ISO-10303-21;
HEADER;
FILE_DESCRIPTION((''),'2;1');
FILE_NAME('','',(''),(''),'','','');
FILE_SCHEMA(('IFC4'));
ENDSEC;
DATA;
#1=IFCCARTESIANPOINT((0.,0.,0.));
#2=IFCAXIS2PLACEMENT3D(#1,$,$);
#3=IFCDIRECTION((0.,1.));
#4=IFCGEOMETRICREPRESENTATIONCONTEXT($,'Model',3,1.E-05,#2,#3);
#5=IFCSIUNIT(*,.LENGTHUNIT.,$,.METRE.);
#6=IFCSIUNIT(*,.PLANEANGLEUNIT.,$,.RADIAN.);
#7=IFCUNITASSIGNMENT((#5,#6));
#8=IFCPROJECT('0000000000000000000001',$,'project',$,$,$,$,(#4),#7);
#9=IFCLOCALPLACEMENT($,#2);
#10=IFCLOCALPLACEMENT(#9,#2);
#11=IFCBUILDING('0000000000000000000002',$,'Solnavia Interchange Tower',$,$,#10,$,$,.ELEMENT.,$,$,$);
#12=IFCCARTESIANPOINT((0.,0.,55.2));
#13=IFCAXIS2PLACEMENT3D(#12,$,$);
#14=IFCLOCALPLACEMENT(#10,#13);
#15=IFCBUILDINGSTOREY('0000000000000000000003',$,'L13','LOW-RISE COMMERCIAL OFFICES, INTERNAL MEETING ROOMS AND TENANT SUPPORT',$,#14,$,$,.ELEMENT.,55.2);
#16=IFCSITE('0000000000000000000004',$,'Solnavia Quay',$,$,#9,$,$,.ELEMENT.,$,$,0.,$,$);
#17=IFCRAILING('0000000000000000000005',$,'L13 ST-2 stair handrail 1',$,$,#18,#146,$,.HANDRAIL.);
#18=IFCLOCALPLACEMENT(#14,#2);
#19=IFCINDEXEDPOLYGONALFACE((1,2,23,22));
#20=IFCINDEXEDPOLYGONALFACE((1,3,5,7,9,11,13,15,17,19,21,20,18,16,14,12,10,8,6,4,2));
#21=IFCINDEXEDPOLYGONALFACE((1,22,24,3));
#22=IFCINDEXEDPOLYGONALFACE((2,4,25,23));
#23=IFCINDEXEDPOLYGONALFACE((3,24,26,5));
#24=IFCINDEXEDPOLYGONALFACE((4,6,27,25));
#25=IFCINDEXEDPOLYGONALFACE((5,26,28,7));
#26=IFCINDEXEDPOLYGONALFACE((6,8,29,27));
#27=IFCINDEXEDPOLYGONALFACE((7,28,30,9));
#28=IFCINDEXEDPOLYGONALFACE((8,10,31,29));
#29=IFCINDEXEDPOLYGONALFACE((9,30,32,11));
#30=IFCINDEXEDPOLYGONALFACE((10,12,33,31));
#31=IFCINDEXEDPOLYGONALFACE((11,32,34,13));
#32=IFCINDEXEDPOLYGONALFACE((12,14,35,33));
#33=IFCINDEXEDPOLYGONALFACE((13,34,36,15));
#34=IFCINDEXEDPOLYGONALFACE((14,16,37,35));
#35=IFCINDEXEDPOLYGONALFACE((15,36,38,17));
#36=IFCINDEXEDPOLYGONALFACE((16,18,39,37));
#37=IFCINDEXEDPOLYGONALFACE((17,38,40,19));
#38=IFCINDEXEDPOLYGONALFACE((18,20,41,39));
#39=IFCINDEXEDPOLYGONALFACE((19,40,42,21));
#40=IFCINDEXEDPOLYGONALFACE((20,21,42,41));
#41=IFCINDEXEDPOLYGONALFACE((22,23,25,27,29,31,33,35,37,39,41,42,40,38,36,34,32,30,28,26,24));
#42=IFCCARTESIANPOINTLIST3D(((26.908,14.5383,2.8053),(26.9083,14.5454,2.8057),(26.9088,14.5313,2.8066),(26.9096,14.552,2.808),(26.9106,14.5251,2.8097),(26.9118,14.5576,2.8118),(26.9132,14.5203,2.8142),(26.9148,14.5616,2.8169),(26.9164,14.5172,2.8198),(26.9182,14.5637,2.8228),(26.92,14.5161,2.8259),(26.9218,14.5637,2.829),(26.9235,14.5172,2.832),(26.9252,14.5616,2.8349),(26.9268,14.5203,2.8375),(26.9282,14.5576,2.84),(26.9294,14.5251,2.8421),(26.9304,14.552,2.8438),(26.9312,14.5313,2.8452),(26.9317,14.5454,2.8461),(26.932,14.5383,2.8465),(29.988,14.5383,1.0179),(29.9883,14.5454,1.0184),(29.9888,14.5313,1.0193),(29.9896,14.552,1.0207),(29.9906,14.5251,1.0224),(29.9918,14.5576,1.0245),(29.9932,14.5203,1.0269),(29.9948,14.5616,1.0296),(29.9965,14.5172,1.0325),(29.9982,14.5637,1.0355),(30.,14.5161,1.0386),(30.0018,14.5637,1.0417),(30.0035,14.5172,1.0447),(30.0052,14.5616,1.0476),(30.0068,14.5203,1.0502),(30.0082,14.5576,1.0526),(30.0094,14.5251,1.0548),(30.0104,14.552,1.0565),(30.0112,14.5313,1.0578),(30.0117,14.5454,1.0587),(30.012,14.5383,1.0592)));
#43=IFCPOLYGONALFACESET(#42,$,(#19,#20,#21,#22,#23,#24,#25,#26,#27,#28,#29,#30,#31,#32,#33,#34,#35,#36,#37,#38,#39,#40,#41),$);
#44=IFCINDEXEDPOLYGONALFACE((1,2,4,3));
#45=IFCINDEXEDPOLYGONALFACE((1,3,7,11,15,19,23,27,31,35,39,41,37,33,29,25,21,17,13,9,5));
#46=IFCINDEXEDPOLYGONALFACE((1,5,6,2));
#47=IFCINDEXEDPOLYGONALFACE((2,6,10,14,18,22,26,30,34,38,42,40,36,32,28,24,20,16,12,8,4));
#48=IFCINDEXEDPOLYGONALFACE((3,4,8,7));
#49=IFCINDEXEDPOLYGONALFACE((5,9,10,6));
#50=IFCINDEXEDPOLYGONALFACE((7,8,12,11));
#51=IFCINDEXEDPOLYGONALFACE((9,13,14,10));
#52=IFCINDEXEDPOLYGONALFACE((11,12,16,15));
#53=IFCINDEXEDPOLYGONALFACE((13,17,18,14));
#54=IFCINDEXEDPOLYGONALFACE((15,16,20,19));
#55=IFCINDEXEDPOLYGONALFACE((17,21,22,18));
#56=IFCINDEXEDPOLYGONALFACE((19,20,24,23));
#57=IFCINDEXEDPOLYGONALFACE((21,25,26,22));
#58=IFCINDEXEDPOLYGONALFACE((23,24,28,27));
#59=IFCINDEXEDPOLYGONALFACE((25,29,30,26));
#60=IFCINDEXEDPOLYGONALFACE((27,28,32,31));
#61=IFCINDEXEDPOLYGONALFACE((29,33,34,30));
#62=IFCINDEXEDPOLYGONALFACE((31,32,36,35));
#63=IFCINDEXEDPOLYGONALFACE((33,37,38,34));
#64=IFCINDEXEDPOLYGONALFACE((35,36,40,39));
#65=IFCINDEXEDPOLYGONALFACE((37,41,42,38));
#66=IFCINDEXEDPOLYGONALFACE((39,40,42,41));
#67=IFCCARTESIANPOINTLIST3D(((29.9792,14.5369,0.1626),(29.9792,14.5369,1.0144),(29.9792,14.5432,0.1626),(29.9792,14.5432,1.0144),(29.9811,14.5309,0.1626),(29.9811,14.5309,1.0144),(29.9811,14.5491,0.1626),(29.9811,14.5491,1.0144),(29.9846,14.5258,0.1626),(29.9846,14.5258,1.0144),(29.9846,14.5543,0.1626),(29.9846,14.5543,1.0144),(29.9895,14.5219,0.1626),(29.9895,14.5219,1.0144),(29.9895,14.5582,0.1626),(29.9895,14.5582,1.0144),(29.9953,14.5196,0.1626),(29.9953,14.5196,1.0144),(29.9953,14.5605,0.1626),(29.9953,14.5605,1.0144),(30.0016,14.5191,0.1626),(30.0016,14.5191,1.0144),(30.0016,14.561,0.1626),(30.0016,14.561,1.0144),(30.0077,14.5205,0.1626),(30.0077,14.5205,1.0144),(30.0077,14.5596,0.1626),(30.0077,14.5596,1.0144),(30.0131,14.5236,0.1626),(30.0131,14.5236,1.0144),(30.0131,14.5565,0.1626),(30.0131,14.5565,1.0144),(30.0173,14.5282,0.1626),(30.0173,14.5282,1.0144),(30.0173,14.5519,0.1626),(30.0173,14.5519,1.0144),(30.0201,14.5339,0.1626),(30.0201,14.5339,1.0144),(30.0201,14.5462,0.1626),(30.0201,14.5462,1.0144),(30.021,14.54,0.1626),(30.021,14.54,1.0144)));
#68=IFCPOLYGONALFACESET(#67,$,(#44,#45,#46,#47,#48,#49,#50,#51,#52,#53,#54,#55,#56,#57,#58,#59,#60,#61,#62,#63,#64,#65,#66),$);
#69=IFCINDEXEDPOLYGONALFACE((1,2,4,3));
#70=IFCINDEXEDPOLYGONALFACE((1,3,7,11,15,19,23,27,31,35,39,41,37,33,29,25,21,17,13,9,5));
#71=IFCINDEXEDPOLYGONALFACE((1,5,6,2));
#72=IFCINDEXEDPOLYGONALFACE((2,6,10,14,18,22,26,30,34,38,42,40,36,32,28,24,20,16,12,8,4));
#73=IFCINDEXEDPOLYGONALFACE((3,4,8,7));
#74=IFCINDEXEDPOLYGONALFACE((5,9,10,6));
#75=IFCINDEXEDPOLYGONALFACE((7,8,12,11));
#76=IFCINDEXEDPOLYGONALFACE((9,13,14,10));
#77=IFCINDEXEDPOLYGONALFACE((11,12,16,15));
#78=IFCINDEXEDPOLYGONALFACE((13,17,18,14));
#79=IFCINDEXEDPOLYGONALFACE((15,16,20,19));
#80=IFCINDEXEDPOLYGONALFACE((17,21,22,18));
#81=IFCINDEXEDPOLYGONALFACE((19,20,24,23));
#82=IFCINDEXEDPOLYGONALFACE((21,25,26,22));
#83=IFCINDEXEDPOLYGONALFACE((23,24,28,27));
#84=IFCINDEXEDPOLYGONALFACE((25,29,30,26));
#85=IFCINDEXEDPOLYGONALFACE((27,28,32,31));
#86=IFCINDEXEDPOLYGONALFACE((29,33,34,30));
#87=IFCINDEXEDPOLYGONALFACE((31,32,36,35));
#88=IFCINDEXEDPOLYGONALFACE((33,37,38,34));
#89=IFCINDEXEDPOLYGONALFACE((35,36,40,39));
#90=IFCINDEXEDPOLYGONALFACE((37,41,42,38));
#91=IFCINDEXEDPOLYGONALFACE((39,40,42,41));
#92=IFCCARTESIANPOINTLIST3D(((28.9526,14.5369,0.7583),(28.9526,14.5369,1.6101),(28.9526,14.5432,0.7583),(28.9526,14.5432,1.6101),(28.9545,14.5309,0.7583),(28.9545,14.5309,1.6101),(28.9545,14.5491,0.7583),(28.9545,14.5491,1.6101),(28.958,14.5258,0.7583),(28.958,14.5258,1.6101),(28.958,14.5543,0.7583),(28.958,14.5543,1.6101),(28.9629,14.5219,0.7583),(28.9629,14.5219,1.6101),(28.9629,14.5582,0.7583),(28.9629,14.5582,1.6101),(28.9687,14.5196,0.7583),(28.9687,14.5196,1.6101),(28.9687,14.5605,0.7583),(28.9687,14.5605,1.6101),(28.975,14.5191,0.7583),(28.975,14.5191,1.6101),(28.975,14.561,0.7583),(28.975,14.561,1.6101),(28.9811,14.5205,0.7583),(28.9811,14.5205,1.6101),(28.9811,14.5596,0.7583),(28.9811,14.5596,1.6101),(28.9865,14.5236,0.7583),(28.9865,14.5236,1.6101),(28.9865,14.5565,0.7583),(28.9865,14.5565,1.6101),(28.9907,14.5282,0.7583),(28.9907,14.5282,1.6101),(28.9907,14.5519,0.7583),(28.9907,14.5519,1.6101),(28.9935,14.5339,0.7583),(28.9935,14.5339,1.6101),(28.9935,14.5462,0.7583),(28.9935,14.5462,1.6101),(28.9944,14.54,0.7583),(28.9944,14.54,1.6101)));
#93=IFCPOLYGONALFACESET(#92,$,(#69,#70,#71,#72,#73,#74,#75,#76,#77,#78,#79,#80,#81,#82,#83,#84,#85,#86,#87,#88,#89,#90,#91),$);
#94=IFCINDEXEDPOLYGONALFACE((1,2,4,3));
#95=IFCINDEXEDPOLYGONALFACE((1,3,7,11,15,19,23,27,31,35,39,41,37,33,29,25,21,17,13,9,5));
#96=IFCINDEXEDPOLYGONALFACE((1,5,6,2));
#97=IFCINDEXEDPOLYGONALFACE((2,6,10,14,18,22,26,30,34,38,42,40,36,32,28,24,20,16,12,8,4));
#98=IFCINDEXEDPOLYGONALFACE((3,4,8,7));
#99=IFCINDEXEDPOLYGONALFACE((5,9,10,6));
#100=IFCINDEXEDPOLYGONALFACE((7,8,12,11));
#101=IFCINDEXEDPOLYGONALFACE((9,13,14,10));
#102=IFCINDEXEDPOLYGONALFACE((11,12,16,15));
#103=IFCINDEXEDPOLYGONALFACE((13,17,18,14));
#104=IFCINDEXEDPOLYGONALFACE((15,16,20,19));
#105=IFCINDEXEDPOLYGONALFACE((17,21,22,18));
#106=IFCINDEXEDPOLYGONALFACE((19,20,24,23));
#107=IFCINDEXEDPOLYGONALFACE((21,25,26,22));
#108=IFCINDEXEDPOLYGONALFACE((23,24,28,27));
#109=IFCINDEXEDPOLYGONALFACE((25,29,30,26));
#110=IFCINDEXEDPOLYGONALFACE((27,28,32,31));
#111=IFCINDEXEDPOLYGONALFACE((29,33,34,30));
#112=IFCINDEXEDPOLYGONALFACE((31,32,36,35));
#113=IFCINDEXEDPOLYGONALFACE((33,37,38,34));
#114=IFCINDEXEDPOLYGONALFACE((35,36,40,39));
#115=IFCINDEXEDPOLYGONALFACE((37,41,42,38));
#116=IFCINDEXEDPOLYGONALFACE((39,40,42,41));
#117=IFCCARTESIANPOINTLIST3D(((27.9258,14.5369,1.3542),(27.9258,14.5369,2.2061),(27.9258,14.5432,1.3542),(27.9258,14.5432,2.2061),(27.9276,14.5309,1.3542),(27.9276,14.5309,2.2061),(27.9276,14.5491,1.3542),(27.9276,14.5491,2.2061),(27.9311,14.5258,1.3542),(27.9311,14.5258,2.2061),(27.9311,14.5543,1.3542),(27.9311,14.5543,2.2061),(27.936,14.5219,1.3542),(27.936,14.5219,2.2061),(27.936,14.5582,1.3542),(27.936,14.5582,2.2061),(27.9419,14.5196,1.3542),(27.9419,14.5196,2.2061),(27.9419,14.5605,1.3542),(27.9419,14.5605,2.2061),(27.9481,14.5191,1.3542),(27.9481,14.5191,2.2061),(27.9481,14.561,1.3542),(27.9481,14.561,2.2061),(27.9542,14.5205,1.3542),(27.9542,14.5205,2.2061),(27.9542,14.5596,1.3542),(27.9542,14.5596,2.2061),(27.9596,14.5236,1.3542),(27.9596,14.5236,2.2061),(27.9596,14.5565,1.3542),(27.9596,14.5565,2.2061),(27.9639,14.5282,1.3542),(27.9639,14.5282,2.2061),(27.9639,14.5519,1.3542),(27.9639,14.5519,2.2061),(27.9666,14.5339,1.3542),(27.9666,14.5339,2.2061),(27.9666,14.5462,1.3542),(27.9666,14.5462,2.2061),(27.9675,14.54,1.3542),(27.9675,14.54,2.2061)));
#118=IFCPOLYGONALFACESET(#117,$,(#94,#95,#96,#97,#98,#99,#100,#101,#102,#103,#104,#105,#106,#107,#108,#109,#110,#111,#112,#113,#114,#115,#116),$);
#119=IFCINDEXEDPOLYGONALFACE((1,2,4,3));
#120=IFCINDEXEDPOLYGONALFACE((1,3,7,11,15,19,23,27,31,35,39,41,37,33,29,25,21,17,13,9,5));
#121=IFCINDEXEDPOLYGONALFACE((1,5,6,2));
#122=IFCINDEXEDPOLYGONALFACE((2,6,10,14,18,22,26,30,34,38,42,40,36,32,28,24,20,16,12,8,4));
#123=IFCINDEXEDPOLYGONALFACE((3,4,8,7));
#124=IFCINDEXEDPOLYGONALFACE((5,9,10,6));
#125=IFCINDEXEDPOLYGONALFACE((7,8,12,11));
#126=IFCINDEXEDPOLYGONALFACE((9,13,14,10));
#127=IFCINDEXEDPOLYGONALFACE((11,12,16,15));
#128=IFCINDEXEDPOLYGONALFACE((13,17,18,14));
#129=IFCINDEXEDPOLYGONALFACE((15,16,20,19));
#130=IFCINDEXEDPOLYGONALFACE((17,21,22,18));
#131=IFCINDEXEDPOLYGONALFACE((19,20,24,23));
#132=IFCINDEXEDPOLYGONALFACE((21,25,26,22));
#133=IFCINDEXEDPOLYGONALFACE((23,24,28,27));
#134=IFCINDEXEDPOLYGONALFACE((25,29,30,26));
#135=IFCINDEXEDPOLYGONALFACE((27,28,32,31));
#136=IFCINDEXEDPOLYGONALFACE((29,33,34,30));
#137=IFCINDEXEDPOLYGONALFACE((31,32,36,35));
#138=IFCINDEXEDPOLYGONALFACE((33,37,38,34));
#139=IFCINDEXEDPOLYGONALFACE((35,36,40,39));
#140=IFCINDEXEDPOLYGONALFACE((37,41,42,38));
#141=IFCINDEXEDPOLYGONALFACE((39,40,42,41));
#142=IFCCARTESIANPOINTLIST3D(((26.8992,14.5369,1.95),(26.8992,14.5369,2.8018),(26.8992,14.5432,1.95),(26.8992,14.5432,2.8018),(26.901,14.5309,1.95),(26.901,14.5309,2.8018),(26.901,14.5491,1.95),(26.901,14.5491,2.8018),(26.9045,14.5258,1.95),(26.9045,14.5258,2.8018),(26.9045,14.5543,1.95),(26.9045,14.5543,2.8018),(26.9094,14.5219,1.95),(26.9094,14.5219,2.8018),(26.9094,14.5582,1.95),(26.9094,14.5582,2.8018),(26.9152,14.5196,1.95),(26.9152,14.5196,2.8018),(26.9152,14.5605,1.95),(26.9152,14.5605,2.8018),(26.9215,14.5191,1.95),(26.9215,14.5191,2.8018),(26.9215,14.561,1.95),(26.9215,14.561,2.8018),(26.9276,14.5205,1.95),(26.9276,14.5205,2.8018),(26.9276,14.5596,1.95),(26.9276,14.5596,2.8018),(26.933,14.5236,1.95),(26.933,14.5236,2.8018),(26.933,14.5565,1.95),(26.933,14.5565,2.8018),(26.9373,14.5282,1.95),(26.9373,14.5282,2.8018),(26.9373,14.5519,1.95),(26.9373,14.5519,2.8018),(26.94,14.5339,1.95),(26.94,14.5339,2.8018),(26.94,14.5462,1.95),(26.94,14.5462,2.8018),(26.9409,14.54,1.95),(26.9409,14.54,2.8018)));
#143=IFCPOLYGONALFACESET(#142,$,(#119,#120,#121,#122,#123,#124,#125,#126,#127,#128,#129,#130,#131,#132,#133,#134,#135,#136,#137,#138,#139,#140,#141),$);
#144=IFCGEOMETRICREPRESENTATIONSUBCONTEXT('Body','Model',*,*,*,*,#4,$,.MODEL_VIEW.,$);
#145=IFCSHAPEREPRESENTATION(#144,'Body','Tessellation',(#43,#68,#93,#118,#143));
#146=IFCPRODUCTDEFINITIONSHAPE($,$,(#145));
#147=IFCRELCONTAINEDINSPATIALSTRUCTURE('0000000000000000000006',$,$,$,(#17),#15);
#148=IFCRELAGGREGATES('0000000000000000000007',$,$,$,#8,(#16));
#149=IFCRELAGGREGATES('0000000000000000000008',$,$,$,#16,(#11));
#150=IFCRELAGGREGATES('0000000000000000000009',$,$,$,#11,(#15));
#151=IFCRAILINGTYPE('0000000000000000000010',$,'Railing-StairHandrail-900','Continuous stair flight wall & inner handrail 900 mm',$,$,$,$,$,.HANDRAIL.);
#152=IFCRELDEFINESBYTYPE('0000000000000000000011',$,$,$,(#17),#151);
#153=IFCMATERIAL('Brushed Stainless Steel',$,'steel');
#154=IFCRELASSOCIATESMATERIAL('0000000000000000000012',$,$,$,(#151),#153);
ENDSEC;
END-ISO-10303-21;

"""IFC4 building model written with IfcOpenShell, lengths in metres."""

from ifc_helpers import new_model, si_unit, direction, frame, origin, origin_2d, place, context, subcontext, project, spatial, circle, extrude, material, type_object, element, save


model = new_model("IFC4")

# Units and contexts
model_context = context("Model", 3, precision=1e-05, world=origin(), true_north=direction((0.0, 1.0)))
body_context = subcontext(model_context, "Body", "Model", "MODEL_VIEW")
ifc_project = project(units=[si_unit("LENGTHUNIT", "METRE"), si_unit("PLANEANGLEUNIT", "RADIAN")], contexts=[model_context])

# Site, building, storey
site_placement = place(None, origin())
site = spatial("IfcSite", under=ifc_project, at=site_placement, Name="Solnavia Quay", CompositionType="ELEMENT", RefElevation=0.0)
building_placement = place(site_placement, origin())
building = spatial("IfcBuilding", under=site, at=building_placement, Name="Solnavia Interchange Tower", CompositionType="ELEMENT")
storey_placement = place(building_placement, frame((0.0, 0.0, 55.2)))
storey = spatial("IfcBuildingStorey", under=building, at=storey_placement, Name="L13", Description="LOW-RISE COMMERCIAL OFFICES, INTERNAL MEETING ROOMS AND TENANT SUPPORT", CompositionType="ELEMENT", Elevation=55.2)

# Railing
ifc_material_1 = material(Name="Brushed Stainless Steel", Category="steel")
railing_type_1 = type_object("IfcRailingType", Name="Railing-StairHandrail-900", Description="Continuous stair flight wall & inner handrail 900 mm", PredefinedType="HANDRAIL", material=ifc_material_1)
railing_1_placement = place(storey_placement, frame((30.0, 14.54, 0.1626)))
element("IfcRailing", 1, at=railing_1_placement, inside=storey, type_object=railing_type_1, Name="L13 ST-2 stair handrail 1", PredefinedType="HANDRAIL", context=body_context, shape_type="SweptSolid", body=[
    extrude(circle(Radius=0.0239, at=origin_2d()), frame((0.0, 0.0, 0.876), z_axis=(-0.86492, 0.0, 0.501909), x_axis=(0.0, -1.0, 0.0)), (0.0, 0.0, 1.0), 3.561),
    extrude(circle(Radius=0.021, at=origin_2d()), origin(), (0.0, 0.0, 1.0), 0.8518),
    extrude(circle(Radius=0.021, at=origin_2d()), frame((-1.0266, 0.0, 0.5957)), (0.0, 0.0, 1.0), 0.8518),
    extrude(circle(Radius=0.021, at=origin_2d()), frame((-2.0535, 0.0, 1.1917)), (0.0, 0.0, 1.0), 0.8518),
    extrude(circle(Radius=0.021, at=origin_2d()), frame((-3.0801, 0.0, 1.7874)), (0.0, 0.0, 1.0), 0.8518),
])

save(model, "model.ifc")
